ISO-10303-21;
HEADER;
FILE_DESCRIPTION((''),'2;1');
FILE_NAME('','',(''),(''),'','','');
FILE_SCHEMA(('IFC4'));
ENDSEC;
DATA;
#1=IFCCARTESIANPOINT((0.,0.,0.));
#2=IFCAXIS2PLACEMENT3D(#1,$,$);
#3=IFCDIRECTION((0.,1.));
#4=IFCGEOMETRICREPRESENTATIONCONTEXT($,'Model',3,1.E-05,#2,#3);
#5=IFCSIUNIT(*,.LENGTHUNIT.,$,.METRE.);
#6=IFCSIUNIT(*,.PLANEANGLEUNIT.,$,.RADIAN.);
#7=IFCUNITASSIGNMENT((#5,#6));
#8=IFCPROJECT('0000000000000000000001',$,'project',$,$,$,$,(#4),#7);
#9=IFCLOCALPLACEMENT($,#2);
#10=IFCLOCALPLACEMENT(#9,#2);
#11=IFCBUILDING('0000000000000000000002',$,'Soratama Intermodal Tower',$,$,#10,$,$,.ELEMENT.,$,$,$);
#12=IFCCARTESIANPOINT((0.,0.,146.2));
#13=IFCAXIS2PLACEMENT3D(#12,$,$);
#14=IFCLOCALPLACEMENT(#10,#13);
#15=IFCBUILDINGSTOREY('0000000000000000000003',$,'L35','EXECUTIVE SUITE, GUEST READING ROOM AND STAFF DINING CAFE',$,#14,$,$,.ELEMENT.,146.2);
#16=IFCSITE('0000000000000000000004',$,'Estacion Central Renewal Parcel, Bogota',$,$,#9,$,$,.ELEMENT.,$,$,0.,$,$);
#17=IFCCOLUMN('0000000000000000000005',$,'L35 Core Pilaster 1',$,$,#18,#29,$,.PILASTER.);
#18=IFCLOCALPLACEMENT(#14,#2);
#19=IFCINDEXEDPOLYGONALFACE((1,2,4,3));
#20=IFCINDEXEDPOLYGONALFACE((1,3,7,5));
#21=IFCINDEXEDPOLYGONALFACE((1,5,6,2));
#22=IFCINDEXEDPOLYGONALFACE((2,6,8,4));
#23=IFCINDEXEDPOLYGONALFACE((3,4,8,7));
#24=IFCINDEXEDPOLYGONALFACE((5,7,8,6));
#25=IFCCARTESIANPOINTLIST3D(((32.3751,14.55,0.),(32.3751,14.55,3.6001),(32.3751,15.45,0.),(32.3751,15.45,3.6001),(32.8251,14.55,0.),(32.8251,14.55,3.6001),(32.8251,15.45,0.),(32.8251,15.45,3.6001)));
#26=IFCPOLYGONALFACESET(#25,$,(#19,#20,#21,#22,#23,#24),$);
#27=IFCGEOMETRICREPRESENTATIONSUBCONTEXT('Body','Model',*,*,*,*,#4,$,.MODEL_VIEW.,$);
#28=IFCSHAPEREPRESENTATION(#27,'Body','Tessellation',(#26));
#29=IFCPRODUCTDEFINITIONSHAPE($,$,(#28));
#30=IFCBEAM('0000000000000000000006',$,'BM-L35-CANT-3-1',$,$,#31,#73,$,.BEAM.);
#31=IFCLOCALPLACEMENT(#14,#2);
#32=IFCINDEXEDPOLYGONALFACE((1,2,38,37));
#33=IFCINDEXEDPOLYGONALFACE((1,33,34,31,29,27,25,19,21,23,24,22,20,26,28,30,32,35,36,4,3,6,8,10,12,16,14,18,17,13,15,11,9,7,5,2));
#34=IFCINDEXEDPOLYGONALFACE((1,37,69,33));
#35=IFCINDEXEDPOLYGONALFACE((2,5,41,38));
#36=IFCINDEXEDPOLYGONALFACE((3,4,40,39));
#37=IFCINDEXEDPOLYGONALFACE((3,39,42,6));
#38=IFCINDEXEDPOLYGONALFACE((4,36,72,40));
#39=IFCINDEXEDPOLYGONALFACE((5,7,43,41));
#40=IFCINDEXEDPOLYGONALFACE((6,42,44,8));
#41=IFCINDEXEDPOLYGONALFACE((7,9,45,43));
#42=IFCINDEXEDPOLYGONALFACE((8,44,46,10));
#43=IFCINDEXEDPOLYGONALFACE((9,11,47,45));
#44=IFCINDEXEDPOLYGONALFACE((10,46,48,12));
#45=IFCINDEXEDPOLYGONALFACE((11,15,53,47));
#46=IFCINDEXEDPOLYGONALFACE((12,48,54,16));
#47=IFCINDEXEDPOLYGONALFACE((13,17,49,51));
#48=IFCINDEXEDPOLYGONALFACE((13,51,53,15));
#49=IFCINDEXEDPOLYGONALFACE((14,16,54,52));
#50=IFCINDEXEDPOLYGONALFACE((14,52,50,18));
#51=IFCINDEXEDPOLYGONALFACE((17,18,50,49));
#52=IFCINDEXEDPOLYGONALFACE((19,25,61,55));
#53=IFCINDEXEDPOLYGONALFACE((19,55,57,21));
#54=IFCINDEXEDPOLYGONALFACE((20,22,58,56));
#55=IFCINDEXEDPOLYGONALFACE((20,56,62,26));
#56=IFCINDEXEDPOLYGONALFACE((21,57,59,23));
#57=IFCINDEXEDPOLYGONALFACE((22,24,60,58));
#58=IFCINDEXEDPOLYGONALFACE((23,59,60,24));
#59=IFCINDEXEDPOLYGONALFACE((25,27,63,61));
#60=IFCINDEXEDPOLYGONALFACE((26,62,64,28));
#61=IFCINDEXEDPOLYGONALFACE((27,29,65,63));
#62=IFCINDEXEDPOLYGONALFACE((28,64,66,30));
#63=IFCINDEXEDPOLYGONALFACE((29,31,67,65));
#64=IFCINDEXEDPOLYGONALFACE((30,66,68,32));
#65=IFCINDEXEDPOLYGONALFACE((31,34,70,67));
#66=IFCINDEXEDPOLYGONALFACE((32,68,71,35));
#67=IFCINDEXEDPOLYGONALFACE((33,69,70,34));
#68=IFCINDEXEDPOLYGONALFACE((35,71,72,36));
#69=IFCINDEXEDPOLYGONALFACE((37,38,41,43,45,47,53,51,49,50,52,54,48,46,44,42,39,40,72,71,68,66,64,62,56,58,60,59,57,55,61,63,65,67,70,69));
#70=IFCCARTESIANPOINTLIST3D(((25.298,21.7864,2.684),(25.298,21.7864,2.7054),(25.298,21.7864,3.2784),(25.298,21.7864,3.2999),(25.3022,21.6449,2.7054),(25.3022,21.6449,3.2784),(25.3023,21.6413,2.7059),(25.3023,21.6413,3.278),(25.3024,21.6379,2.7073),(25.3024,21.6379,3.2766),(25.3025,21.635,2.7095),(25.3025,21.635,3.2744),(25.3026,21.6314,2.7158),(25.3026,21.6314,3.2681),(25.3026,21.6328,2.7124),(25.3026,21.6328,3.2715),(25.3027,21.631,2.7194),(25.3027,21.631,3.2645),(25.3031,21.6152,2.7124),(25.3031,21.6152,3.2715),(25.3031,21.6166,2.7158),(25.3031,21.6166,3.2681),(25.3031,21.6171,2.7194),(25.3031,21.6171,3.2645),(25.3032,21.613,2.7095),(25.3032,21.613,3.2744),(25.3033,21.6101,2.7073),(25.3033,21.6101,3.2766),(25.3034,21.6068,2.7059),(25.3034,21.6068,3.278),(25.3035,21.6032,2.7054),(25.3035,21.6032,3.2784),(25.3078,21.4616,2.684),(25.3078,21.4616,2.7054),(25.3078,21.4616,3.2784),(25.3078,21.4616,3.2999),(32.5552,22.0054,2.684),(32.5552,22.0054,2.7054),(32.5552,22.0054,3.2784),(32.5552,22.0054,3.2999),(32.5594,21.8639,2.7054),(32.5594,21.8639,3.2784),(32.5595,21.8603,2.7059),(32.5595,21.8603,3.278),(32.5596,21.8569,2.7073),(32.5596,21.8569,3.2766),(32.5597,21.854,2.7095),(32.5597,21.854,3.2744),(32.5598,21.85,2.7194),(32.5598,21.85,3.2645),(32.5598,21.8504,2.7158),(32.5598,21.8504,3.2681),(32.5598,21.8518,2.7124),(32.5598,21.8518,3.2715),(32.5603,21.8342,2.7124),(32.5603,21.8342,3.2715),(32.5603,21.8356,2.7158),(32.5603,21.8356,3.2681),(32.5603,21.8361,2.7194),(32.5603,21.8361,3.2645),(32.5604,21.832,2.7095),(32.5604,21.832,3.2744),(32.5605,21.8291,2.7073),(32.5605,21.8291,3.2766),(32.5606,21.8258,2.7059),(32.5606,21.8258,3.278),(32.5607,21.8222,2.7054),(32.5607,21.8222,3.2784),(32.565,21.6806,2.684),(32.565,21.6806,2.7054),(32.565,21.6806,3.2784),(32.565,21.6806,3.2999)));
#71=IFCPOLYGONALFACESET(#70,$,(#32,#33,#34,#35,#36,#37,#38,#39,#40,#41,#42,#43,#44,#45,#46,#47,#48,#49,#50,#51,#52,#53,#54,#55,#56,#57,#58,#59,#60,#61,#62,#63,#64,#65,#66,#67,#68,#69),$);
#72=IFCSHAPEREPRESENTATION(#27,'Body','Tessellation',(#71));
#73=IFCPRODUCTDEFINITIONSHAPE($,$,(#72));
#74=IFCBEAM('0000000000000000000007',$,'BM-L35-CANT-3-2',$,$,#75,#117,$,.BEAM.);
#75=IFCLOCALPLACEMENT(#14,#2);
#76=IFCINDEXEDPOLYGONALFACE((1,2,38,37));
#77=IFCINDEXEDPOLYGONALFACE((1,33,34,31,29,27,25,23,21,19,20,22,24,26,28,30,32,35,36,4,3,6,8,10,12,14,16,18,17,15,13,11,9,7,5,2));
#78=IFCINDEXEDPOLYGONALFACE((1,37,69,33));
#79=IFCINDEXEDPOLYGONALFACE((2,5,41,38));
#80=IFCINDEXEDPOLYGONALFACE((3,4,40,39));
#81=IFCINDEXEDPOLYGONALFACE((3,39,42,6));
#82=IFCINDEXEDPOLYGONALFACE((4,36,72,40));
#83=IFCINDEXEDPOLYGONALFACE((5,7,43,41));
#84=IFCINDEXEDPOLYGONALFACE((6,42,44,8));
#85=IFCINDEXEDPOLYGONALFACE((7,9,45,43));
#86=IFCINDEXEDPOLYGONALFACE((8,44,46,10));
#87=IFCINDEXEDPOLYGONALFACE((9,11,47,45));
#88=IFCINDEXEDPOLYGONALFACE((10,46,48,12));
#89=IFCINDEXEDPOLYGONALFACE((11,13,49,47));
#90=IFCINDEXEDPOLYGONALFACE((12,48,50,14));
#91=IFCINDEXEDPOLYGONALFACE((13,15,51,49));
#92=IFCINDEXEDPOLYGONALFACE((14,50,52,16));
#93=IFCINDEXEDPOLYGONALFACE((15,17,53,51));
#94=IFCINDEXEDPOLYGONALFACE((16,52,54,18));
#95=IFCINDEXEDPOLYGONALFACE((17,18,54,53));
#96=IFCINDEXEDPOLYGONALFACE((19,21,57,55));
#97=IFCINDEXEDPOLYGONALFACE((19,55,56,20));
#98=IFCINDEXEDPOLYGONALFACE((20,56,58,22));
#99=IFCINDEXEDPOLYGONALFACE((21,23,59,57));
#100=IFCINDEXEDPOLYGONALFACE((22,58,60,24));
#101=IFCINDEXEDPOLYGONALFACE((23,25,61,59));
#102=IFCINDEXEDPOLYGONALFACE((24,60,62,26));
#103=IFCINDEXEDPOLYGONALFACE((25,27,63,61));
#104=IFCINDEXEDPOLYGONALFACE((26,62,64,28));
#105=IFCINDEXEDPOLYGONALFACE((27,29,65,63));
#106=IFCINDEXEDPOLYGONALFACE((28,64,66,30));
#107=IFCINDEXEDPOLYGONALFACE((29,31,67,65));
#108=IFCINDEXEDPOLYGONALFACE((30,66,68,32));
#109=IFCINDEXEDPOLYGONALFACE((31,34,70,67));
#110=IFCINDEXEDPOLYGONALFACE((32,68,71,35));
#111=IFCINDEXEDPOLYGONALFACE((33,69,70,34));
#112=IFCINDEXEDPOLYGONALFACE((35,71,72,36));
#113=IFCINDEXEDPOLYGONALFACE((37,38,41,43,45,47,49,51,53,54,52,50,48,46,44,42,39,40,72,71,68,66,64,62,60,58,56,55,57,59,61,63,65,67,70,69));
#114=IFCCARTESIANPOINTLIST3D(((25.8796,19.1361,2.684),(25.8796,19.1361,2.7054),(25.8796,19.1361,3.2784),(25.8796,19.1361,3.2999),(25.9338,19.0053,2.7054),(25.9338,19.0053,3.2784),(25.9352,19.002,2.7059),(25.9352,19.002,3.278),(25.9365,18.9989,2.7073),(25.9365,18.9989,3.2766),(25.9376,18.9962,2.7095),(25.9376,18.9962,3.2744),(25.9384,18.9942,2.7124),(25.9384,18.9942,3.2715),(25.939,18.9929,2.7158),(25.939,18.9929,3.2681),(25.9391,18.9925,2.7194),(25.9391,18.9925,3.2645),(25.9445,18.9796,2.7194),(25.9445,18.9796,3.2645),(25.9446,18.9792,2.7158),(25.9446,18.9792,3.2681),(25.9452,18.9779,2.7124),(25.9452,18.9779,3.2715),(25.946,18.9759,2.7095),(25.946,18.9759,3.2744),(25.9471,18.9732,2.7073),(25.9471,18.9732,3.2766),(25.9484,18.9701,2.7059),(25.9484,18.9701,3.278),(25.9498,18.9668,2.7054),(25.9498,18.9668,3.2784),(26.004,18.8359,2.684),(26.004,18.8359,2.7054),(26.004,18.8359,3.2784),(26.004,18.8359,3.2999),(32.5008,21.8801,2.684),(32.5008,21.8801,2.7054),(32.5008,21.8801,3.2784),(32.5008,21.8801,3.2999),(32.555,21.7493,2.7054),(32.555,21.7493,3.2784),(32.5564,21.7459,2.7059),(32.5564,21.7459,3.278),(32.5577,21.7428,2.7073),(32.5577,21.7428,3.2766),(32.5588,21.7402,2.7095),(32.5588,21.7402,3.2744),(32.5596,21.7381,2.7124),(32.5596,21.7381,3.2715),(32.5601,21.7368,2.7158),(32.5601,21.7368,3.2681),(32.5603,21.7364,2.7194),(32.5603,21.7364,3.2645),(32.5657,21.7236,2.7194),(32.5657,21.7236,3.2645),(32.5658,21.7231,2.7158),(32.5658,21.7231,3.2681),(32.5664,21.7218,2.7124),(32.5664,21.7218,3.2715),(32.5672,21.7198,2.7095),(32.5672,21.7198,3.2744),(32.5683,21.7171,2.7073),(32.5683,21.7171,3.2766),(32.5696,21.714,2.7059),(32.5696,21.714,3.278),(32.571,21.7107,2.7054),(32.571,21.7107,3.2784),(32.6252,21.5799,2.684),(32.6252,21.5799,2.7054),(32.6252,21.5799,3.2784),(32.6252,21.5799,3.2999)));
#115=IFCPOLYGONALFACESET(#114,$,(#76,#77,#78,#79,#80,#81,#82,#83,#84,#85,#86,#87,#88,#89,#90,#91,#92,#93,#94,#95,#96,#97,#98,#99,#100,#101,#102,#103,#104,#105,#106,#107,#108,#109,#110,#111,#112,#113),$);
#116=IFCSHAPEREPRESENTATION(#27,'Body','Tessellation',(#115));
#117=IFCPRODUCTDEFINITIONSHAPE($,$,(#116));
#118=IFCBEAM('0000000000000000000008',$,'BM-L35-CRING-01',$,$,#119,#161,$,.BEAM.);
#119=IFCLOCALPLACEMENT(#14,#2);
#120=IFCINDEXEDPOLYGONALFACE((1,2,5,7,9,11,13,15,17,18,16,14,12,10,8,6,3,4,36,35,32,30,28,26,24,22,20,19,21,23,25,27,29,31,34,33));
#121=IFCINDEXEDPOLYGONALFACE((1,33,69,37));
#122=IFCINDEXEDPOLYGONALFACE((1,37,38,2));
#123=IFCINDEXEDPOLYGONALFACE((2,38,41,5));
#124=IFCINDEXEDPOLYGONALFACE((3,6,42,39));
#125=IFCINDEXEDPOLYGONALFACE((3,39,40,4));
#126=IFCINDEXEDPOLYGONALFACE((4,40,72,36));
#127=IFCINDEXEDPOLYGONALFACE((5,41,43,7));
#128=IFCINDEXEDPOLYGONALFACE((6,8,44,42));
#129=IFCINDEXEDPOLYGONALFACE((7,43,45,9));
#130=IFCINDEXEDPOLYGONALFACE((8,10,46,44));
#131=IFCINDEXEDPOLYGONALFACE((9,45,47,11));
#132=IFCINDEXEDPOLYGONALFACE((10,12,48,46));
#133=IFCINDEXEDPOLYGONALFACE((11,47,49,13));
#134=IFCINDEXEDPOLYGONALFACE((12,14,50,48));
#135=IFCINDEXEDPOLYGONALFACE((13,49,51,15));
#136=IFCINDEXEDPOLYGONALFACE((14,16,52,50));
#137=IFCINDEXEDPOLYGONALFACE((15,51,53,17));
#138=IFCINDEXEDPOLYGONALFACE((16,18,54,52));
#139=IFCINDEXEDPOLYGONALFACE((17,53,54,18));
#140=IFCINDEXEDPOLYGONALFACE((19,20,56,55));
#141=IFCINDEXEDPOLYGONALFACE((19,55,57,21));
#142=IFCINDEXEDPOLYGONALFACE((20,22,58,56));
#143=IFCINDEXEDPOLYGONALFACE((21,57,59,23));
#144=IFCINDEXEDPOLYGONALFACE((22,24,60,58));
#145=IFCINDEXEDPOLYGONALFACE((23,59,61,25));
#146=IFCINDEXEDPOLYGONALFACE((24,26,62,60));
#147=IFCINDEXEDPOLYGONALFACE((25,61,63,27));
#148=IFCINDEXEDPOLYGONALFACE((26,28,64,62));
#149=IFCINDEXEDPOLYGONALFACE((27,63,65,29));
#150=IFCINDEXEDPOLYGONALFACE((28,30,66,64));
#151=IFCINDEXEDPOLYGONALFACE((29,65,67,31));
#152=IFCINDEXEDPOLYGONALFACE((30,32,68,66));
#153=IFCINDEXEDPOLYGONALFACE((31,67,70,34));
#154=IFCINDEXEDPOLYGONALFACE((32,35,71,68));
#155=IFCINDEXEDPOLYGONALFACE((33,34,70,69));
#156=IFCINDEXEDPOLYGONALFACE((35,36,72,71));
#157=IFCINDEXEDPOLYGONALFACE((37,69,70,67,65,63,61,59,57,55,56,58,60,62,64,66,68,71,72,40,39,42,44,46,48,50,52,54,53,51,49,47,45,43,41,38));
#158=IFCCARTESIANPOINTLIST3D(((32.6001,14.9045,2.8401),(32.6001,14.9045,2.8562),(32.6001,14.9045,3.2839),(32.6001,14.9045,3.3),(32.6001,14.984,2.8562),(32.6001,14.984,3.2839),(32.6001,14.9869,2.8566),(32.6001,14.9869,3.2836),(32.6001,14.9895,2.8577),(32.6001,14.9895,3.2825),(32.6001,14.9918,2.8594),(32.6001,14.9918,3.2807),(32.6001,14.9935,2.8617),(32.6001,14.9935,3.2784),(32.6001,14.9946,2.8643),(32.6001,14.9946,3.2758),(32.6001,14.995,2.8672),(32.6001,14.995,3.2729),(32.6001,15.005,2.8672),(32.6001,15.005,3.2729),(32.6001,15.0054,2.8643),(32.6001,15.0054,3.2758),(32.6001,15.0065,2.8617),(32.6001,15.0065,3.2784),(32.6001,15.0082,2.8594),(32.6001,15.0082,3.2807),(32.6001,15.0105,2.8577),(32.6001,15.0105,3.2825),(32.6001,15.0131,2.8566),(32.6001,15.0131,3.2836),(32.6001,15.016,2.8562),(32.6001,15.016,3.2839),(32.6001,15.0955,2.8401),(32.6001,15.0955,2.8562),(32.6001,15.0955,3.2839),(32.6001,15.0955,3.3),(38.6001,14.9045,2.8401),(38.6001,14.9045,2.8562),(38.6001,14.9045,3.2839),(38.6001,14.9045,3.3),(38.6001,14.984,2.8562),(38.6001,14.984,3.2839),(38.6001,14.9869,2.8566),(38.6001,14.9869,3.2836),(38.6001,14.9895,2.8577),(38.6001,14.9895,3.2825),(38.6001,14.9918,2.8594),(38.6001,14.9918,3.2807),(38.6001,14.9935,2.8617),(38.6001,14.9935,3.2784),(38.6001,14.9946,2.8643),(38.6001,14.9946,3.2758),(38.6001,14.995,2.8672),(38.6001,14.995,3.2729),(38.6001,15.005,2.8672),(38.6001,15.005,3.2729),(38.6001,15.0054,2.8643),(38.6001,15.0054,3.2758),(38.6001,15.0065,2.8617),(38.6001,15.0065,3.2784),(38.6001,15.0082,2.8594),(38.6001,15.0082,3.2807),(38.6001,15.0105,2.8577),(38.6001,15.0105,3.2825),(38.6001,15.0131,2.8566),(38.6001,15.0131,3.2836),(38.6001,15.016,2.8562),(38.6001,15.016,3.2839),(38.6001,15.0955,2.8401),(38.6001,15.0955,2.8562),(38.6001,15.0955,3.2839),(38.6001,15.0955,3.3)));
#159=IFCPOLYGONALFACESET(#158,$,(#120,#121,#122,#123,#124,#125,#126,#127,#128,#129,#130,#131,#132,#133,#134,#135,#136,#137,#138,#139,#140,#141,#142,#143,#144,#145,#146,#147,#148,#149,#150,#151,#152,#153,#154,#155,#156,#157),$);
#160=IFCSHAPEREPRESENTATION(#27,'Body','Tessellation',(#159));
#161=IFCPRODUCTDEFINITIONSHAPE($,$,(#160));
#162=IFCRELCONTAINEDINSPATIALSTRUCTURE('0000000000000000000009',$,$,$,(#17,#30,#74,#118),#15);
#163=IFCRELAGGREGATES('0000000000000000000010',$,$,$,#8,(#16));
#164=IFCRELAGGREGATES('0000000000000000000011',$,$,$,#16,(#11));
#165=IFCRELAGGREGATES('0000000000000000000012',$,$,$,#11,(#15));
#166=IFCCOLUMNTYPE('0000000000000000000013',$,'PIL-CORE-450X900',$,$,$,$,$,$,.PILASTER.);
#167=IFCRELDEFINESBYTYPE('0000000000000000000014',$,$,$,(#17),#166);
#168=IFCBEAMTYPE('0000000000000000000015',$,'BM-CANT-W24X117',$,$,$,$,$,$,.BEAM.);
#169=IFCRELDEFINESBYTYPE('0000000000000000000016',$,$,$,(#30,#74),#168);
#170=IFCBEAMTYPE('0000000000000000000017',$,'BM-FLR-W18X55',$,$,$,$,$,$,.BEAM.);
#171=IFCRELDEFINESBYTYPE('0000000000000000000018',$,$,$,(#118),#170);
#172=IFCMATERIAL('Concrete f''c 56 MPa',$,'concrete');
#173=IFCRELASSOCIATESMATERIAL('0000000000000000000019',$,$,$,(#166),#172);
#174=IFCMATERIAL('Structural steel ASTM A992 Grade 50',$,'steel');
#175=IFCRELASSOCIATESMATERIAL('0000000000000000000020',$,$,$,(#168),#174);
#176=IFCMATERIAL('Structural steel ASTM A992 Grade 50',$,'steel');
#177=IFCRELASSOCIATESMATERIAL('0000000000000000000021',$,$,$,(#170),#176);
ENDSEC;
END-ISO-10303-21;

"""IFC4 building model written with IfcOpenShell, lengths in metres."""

from ifc_helpers import new_model, si_unit, direction, frame, origin, origin_2d, place, context, subcontext, project, spatial, rectangle, i_section, extrude, material, material_profile, profile_set, type_object, element, save


model = new_model("IFC4")

# Units and contexts
model_context = context("Model", 3, precision=1e-05, world=origin(), true_north=direction((0.0, 1.0)))
body_context = subcontext(model_context, "Body", "Model", "MODEL_VIEW")
ifc_project = project(units=[si_unit("LENGTHUNIT", "METRE"), si_unit("PLANEANGLEUNIT", "RADIAN")], contexts=[model_context])

# Site, building, storey
site_placement = place(None, origin())
site = spatial("IfcSite", under=ifc_project, at=site_placement, Name="Estacion Central Renewal Parcel, Bogota", CompositionType="ELEMENT", RefElevation=0.0)
building_placement = place(site_placement, origin())
building = spatial("IfcBuilding", under=site, at=building_placement, Name="Soratama Intermodal Tower", CompositionType="ELEMENT")
storey_placement = place(building_placement, frame((0.0, 0.0, 146.2)))
storey = spatial("IfcBuildingStorey", under=building, at=storey_placement, Name="L35", Description="EXECUTIVE SUITE, GUEST READING ROOM AND STAFF DINING CAFE", CompositionType="ELEMENT", Elevation=146.2)

# Column
ifc_material_1 = material(Name="Concrete f'c 56 MPa", Category="concrete")
ifc_material_profile_1 = material_profile(ifc_material_1, rectangle(XDim=0.45, YDim=0.8999, at=origin_2d()), Name="RC450X900")
ifc_profile_set_1 = profile_set([ifc_material_profile_1], Name="Concrete f'c 56 MPa")
column_type = type_object("IfcColumnType", Name="PIL-CORE-450X900", PredefinedType="PILASTER", material=ifc_profile_set_1)
column_placement = place(storey_placement, frame((32.6001, 15.0, 0.0), z_axis=(0.0, 0.0, 1.0), x_axis=(1.0, 0.0, 0.0)))
element("IfcColumn", 1, at=column_placement, inside=storey, type_object=column_type, Name="L35 Core Pilaster 1", PredefinedType="PILASTER", context=body_context, shape_type="SweptSolid", body=[
    extrude(rectangle(XDim=0.45, YDim=0.8999, at=origin_2d()), origin(), (0.0, 0.0, 1.0), 3.6001),
])

# Beams
ifc_material_2 = material(Name="Structural steel ASTM A992 Grade 50", Category="steel")
ifc_material_profile_2 = material_profile(ifc_material_2, i_section(OverallWidth=0.325, OverallDepth=0.616, WebThickness=0.0139, FlangeThickness=0.0215, FilletRadius=0.0139, at=origin_2d()), Name="W24X117")
ifc_profile_set_2 = profile_set([ifc_material_profile_2], Name="Structural steel ASTM A992 Grade 50")
beam_type_1 = type_object("IfcBeamType", Name="BM-CANT-W24X117", PredefinedType="BEAM", material=ifc_profile_set_2)
beam_1_placement = place(storey_placement, frame((32.5601, 21.843, 2.9919), z_axis=(-0.999545, -0.030163, 0.0), x_axis=(0.030163, -0.999545, 0.0)))
element("IfcBeam", 2, at=beam_1_placement, inside=storey, type_object=beam_type_1, Name="BM-L35-CANT-3-1", PredefinedType="BEAM", context=body_context, shape_type="SweptSolid", body=[
    extrude(i_section(OverallWidth=0.325, OverallDepth=0.616, WebThickness=0.0139, FlangeThickness=0.0215, FilletRadius=0.0139, at=origin_2d()), origin(), (0.0, 0.0, 1.0), 7.2605),
])
beam_2_placement = place(storey_placement, frame((32.563, 21.73, 2.9919), z_axis=(-0.923813, -0.382844, 0.0), x_axis=(0.382844, -0.923813, 0.0)))
element("IfcBeam", 3, at=beam_2_placement, inside=storey, type_object=beam_type_1, Name="BM-L35-CANT-3-2", PredefinedType="BEAM", context=body_context, shape_type="SweptSolid", body=[
    extrude(i_section(OverallWidth=0.325, OverallDepth=0.616, WebThickness=0.0139, FlangeThickness=0.0215, FilletRadius=0.0139, at=origin_2d()), origin(), (0.0, 0.0, 1.0), 7.1672),
])
ifc_material_3 = material(Name="Structural steel ASTM A992 Grade 50", Category="steel")
ifc_material_profile_3 = material_profile(ifc_material_3, i_section(OverallWidth=0.1909, OverallDepth=0.46, WebThickness=0.01, FlangeThickness=0.0161, FilletRadius=0.011, at=origin_2d()), Name="W18X55")
ifc_profile_set_3 = profile_set([ifc_material_profile_3], Name="Structural steel ASTM A992 Grade 50")
beam_type_2 = type_object("IfcBeamType", Name="BM-FLR-W18X55", PredefinedType="BEAM", material=ifc_profile_set_3)
beam_3_placement = place(storey_placement, frame((32.6001, 15.0, 3.0701), z_axis=(1.0, 0.0, 0.0), x_axis=(0.0, 1.0, 0.0)))
element("IfcBeam", 4, at=beam_3_placement, inside=storey, type_object=beam_type_2, Name="BM-L35-CRING-01", PredefinedType="BEAM", context=body_context, shape_type="SweptSolid", body=[
    extrude(i_section(OverallWidth=0.1909, OverallDepth=0.46, WebThickness=0.01, FlangeThickness=0.0161, FilletRadius=0.011, at=origin_2d()), origin(), (0.0, 0.0, 1.0), 6.0),
])

save(model, "model.ifc")
